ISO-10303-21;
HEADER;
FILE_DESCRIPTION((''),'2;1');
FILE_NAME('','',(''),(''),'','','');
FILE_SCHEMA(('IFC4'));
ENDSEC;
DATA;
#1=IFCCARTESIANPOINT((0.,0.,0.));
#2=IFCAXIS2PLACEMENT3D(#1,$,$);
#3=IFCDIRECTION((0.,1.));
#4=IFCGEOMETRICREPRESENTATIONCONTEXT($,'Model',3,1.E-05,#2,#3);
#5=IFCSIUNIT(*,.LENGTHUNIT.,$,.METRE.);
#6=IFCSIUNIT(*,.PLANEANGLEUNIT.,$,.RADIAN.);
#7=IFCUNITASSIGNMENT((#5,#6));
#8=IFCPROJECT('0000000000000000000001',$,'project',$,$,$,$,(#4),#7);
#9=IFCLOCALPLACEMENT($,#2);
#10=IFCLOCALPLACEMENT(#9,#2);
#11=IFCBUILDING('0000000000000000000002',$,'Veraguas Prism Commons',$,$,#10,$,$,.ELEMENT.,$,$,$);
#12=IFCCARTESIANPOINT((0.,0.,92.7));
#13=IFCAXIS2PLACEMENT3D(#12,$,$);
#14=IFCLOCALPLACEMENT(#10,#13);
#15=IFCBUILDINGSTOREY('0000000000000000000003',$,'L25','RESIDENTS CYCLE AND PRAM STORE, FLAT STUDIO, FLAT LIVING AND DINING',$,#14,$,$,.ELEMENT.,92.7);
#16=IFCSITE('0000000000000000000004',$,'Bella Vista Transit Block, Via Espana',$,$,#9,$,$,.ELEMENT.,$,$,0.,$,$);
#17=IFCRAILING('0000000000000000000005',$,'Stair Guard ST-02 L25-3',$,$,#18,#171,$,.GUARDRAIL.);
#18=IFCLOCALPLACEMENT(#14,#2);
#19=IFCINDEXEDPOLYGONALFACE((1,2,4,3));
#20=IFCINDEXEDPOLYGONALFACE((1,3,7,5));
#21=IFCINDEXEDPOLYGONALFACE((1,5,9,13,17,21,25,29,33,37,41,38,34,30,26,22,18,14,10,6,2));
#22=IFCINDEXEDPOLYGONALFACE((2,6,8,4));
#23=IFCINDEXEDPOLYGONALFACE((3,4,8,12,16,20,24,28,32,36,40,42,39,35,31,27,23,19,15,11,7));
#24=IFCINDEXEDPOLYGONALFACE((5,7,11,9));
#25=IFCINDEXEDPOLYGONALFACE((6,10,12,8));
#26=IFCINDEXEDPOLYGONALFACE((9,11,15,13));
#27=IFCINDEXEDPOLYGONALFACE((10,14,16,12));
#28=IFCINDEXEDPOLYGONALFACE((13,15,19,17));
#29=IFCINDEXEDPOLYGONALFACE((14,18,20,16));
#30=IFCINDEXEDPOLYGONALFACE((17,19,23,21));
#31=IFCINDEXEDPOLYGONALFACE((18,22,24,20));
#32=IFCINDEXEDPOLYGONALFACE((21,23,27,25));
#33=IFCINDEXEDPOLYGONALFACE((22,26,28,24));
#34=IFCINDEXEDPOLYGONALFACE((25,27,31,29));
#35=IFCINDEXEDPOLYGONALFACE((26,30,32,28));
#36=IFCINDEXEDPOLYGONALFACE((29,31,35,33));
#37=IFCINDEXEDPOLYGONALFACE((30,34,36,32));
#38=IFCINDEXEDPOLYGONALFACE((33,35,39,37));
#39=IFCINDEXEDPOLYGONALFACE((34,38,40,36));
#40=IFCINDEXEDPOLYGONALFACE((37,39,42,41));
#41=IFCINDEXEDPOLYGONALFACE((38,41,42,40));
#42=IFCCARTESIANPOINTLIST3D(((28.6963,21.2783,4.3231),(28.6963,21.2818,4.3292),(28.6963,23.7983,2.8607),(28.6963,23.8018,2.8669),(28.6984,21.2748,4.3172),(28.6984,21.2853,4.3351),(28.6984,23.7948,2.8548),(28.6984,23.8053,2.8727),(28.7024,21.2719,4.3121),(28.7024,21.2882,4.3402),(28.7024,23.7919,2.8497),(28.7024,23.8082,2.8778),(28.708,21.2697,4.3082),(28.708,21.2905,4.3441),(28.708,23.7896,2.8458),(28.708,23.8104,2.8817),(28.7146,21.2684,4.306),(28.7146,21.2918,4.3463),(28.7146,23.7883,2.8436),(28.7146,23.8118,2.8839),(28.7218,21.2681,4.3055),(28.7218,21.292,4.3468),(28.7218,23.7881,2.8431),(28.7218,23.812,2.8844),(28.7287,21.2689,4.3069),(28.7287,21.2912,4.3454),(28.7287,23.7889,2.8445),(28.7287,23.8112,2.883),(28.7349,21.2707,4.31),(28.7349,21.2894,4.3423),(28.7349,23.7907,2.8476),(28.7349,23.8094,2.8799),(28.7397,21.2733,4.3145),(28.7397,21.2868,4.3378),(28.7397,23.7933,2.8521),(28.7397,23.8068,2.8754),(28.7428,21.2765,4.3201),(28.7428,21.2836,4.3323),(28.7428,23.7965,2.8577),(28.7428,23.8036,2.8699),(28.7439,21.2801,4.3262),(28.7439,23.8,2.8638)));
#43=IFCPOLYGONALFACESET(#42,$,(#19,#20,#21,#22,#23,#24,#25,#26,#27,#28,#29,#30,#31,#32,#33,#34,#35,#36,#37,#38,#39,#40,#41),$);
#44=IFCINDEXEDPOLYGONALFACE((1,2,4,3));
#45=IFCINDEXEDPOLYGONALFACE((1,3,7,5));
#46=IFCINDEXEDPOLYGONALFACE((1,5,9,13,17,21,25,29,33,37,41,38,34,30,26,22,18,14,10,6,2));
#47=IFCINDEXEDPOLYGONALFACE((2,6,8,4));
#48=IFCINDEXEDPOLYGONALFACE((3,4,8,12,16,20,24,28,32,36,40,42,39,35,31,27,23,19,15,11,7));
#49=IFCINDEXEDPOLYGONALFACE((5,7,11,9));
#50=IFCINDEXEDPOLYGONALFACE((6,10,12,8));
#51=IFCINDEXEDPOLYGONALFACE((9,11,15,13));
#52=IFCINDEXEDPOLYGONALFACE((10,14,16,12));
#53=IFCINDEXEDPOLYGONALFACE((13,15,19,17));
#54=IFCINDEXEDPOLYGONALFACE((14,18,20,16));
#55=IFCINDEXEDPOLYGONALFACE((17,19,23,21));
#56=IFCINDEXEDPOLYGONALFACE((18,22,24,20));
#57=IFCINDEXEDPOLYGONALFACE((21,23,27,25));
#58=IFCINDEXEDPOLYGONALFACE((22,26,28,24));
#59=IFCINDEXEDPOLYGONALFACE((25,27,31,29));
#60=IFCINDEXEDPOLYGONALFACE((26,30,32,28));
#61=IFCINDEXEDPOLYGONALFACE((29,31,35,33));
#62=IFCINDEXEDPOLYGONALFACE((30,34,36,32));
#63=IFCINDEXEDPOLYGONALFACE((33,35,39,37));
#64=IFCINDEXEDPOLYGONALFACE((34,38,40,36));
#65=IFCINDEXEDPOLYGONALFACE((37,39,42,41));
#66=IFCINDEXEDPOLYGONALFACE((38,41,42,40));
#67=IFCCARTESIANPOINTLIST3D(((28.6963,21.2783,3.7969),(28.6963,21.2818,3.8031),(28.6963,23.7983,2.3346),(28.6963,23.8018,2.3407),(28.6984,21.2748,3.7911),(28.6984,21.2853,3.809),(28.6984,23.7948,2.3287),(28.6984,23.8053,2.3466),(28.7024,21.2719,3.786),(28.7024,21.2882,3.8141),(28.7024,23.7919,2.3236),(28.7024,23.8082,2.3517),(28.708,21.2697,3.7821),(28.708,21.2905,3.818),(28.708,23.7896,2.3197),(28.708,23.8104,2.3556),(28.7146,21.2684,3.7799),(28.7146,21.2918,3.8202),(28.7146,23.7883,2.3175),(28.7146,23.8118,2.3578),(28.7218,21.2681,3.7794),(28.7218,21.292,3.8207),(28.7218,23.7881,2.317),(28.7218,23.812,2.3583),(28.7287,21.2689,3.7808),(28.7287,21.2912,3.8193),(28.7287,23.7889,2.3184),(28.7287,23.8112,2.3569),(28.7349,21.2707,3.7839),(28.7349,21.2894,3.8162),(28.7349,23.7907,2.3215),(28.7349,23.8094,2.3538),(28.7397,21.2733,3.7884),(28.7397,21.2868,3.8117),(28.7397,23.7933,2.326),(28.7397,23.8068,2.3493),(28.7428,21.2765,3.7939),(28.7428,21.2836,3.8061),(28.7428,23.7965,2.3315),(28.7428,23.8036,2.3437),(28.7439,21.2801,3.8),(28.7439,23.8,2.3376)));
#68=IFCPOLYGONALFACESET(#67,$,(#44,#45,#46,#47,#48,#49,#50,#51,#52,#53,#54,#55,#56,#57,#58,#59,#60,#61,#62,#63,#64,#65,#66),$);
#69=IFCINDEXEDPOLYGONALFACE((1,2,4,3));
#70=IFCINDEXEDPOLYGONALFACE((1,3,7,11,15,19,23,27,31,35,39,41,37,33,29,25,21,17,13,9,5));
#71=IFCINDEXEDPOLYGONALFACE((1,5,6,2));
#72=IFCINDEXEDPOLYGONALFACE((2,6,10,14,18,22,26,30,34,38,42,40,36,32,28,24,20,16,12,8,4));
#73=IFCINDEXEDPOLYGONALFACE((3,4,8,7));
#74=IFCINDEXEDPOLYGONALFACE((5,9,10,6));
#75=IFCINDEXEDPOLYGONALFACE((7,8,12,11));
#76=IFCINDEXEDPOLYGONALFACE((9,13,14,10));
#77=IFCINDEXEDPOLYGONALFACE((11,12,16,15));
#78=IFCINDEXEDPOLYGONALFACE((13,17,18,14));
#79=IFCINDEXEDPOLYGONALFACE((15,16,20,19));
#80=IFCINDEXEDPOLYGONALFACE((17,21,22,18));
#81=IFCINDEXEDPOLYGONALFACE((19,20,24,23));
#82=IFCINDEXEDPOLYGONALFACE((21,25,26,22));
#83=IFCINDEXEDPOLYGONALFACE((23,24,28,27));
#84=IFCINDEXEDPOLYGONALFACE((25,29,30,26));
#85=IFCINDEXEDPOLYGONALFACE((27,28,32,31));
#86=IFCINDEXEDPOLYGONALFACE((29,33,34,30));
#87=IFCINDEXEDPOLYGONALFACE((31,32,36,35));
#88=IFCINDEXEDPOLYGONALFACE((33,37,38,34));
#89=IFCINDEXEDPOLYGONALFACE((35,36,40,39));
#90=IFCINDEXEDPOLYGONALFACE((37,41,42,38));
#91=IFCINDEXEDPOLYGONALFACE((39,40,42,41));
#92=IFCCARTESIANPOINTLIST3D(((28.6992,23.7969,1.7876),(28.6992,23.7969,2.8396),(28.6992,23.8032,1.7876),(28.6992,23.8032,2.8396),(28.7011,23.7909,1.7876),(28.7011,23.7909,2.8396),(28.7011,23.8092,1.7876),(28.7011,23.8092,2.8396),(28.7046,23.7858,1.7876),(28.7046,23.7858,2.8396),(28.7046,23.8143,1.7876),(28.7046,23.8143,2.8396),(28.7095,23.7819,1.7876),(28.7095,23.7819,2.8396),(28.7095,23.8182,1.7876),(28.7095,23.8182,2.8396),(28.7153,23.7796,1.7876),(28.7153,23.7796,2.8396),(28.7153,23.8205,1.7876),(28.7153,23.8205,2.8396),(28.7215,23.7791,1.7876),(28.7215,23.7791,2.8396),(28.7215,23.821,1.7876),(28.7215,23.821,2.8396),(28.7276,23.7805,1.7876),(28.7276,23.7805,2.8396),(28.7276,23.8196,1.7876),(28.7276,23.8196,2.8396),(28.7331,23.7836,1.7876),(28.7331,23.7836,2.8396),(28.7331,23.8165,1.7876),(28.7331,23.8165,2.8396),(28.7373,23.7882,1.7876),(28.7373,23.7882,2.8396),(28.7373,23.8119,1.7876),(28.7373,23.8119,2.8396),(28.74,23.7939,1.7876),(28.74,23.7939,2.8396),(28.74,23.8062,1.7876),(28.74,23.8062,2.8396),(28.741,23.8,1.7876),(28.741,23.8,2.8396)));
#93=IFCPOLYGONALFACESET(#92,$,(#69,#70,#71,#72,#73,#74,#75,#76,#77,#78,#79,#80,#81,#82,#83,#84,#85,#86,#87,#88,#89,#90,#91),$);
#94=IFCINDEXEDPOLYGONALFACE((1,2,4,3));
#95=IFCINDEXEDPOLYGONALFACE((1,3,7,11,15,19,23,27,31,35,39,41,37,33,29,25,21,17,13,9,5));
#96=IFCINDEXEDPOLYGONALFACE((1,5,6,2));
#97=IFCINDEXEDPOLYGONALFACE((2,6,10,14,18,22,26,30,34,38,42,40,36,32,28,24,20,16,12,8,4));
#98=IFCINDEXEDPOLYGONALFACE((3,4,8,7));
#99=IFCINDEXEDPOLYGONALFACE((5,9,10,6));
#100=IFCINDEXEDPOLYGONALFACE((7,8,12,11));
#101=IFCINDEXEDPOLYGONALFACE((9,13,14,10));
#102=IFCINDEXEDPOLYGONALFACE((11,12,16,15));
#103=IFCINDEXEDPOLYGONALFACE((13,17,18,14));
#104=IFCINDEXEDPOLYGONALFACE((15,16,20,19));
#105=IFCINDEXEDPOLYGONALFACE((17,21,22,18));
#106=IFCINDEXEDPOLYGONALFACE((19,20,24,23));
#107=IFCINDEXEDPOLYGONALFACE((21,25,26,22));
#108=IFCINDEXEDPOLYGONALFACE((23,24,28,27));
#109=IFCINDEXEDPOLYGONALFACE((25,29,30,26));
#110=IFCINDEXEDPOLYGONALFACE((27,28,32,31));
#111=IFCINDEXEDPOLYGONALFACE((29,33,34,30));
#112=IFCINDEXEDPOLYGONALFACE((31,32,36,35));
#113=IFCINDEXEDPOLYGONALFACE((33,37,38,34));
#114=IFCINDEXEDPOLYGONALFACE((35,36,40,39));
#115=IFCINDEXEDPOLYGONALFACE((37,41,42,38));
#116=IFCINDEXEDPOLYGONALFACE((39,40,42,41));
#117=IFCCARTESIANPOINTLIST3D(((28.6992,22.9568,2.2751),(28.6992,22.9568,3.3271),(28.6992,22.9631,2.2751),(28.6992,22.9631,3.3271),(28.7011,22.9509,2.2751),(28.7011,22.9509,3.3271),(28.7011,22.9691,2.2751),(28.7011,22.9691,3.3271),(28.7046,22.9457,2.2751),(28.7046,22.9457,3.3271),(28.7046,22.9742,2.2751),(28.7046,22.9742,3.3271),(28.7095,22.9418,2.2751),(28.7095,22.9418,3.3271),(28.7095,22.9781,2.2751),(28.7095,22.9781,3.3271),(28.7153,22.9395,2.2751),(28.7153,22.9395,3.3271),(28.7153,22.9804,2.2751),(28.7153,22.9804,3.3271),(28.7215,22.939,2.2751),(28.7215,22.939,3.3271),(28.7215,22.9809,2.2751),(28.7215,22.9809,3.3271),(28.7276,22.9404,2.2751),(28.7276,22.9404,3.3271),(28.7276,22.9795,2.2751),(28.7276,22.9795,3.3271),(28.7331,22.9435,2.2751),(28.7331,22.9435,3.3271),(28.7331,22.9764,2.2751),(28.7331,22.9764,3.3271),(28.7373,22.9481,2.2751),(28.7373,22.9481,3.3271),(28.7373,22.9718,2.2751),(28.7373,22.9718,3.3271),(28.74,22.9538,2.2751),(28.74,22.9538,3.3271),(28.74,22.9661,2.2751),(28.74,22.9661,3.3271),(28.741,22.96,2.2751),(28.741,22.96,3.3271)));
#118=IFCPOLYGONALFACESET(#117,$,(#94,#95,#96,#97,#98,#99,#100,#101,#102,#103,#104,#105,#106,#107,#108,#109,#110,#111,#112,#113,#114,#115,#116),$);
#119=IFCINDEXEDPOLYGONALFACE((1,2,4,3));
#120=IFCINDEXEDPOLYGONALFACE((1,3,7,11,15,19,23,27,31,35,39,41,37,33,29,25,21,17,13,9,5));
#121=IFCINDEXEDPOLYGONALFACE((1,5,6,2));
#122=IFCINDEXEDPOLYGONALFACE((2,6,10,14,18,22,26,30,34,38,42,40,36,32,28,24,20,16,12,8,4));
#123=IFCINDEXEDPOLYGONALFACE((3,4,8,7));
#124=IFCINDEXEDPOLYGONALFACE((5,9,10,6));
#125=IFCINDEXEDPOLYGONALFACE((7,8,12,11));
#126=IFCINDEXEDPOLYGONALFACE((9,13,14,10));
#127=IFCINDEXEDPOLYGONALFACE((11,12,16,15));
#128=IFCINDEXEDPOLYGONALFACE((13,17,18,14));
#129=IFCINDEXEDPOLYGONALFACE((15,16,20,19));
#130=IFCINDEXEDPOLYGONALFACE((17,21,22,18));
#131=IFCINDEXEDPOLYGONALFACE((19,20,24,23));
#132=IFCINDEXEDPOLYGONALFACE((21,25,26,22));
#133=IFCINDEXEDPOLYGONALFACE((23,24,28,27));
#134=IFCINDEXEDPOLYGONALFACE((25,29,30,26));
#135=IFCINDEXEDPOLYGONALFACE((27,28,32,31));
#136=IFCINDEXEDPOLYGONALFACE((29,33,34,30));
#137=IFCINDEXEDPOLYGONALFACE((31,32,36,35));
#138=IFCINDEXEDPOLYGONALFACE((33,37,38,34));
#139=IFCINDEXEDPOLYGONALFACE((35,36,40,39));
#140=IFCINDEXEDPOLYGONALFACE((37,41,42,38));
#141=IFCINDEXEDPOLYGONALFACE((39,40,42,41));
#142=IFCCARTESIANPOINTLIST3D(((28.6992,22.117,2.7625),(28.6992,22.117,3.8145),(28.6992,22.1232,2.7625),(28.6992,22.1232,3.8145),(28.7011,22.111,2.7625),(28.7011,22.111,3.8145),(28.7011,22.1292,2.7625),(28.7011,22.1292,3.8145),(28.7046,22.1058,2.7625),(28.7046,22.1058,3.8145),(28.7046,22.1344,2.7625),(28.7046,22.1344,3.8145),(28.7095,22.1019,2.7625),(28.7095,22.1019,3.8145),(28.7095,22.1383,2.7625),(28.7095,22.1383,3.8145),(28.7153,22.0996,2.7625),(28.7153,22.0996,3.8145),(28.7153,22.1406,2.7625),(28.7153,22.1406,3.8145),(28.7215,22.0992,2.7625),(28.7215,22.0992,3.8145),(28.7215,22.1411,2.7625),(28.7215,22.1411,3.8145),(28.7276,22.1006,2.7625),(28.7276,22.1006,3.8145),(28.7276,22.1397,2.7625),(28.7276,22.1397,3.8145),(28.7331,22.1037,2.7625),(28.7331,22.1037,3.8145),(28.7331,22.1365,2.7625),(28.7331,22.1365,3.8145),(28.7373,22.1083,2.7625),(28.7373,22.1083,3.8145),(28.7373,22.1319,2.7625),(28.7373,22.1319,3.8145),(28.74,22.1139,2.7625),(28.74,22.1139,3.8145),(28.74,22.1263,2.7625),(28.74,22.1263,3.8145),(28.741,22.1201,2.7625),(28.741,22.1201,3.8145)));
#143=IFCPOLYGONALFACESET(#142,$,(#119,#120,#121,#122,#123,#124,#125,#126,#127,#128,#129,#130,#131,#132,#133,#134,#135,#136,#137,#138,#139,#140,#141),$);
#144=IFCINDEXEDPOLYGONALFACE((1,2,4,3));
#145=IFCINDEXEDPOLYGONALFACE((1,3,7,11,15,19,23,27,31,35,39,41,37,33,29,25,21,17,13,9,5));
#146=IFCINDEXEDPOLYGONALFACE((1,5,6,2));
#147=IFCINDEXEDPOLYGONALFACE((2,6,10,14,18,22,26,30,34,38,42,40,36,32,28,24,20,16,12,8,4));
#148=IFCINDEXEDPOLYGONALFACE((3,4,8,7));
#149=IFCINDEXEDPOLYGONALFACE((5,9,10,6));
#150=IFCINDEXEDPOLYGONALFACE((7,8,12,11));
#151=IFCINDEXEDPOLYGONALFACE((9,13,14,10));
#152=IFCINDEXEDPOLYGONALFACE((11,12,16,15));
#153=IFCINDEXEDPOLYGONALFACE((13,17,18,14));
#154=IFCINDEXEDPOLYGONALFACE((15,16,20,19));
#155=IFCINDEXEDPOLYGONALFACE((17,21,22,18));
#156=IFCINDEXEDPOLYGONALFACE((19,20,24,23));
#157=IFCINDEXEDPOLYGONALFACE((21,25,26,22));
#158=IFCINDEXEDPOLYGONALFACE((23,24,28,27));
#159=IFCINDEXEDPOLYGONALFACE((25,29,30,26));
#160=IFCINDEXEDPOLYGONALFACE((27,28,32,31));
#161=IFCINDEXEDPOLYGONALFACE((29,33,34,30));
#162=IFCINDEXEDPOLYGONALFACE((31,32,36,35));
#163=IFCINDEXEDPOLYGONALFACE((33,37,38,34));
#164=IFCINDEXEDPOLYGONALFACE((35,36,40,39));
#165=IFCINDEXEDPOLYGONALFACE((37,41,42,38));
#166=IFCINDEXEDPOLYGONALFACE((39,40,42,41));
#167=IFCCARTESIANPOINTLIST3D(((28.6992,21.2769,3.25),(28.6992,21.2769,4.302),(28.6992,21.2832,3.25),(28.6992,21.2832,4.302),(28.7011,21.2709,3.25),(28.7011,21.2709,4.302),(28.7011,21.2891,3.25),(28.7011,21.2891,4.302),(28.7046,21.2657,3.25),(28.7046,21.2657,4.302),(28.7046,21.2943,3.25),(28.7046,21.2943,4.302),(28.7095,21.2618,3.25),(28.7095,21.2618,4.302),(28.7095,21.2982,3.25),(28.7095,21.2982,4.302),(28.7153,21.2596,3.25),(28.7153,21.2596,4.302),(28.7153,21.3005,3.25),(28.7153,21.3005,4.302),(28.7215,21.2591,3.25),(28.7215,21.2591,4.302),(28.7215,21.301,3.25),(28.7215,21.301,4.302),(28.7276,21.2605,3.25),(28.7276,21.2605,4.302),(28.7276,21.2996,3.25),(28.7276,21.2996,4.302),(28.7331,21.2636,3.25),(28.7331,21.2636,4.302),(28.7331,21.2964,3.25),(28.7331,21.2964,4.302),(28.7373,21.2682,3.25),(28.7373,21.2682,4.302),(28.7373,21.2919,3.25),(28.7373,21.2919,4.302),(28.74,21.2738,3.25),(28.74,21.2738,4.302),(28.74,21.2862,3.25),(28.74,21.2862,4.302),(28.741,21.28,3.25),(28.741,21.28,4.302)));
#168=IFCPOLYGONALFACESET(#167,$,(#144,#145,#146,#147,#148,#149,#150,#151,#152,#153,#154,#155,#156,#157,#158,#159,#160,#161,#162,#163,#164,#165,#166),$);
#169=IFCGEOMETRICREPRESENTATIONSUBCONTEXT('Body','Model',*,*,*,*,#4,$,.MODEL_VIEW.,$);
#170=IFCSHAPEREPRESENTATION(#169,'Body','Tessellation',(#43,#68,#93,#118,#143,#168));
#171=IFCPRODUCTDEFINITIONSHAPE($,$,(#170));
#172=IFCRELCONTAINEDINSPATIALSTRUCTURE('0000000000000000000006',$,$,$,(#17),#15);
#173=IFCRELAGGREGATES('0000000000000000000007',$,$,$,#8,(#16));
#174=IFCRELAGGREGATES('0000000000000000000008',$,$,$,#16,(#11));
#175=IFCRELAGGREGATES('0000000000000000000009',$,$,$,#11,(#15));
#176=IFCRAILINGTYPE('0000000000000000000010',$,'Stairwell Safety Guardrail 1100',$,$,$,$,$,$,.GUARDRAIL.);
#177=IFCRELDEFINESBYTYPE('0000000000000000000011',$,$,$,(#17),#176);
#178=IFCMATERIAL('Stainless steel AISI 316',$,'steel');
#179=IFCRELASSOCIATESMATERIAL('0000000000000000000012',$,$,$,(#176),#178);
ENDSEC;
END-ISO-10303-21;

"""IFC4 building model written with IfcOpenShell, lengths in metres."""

from ifc_helpers import new_model, si_unit, direction, frame, origin, origin_2d, place, context, subcontext, project, spatial, circle, extrude, material, type_object, element, save


model = new_model("IFC4")

# Units and contexts
model_context = context("Model", 3, precision=1e-05, world=origin(), true_north=direction((0.0, 1.0)))
body_context = subcontext(model_context, "Body", "Model", "MODEL_VIEW")
ifc_project = project(units=[si_unit("LENGTHUNIT", "METRE"), si_unit("PLANEANGLEUNIT", "RADIAN")], contexts=[model_context])

# Site, building, storey
site_placement = place(None, origin())
site = spatial("IfcSite", under=ifc_project, at=site_placement, Name="Bella Vista Transit Block, Via Espana", CompositionType="ELEMENT", RefElevation=0.0)
building_placement = place(site_placement, origin())
building = spatial("IfcBuilding", under=site, at=building_placement, Name="Veraguas Prism Commons", CompositionType="ELEMENT")
storey_placement = place(building_placement, frame((0.0, 0.0, 92.7)))
storey = spatial("IfcBuildingStorey", under=building, at=storey_placement, Name="L25", Description="RESIDENTS CYCLE AND PRAM STORE, FLAT STUDIO, FLAT LIVING AND DINING", CompositionType="ELEMENT", Elevation=92.7)

# Shared definitions
ifc_material_1 = material(Name="Stainless steel AISI 316", Category="steel")

# Railing
railing_type_1 = type_object("IfcRailingType", Name="Stairwell Safety Guardrail 1100", PredefinedType="GUARDRAIL", material=ifc_material_1)
railing_1_placement = place(storey_placement, frame((28.72, 23.8, 1.7876)))
element("IfcRailing", 1, at=railing_1_placement, inside=storey, type_object=railing_type_1, Name="Stair Guard ST-02 L25-3", PredefinedType="GUARDRAIL", context=body_context, shape_type="SweptSolid", body=[
    extrude(circle(Radius=0.0239, at=origin_2d()), frame((0.0, 0.0, 1.0762), z_axis=(0.0, -0.864913, 0.501921), x_axis=(1.0, 0.0, 0.0)), (0.0, 0.0, 1.0), 2.9136),
    extrude(circle(Radius=0.0239, at=origin_2d()), frame((0.0, 0.0, 0.55), z_axis=(0.0, -0.864913, 0.501921), x_axis=(1.0, 0.0, 0.0)), (0.0, 0.0, 1.0), 2.9136),
    extrude(circle(Radius=0.021, at=origin_2d()), origin(), (0.0, 0.0, 1.0), 1.052),
    extrude(circle(Radius=0.021, at=origin_2d()), frame((0.0, -0.8401, 0.4875)), (0.0, 0.0, 1.0), 1.052),
    extrude(circle(Radius=0.021, at=origin_2d()), frame((0.0, -1.6799, 0.9749)), (0.0, 0.0, 1.0), 1.052),
    extrude(circle(Radius=0.021, at=origin_2d()), frame((0.0, -2.52, 1.4624)), (0.0, 0.0, 1.0), 1.052),
])

save(model, "model.ifc")
